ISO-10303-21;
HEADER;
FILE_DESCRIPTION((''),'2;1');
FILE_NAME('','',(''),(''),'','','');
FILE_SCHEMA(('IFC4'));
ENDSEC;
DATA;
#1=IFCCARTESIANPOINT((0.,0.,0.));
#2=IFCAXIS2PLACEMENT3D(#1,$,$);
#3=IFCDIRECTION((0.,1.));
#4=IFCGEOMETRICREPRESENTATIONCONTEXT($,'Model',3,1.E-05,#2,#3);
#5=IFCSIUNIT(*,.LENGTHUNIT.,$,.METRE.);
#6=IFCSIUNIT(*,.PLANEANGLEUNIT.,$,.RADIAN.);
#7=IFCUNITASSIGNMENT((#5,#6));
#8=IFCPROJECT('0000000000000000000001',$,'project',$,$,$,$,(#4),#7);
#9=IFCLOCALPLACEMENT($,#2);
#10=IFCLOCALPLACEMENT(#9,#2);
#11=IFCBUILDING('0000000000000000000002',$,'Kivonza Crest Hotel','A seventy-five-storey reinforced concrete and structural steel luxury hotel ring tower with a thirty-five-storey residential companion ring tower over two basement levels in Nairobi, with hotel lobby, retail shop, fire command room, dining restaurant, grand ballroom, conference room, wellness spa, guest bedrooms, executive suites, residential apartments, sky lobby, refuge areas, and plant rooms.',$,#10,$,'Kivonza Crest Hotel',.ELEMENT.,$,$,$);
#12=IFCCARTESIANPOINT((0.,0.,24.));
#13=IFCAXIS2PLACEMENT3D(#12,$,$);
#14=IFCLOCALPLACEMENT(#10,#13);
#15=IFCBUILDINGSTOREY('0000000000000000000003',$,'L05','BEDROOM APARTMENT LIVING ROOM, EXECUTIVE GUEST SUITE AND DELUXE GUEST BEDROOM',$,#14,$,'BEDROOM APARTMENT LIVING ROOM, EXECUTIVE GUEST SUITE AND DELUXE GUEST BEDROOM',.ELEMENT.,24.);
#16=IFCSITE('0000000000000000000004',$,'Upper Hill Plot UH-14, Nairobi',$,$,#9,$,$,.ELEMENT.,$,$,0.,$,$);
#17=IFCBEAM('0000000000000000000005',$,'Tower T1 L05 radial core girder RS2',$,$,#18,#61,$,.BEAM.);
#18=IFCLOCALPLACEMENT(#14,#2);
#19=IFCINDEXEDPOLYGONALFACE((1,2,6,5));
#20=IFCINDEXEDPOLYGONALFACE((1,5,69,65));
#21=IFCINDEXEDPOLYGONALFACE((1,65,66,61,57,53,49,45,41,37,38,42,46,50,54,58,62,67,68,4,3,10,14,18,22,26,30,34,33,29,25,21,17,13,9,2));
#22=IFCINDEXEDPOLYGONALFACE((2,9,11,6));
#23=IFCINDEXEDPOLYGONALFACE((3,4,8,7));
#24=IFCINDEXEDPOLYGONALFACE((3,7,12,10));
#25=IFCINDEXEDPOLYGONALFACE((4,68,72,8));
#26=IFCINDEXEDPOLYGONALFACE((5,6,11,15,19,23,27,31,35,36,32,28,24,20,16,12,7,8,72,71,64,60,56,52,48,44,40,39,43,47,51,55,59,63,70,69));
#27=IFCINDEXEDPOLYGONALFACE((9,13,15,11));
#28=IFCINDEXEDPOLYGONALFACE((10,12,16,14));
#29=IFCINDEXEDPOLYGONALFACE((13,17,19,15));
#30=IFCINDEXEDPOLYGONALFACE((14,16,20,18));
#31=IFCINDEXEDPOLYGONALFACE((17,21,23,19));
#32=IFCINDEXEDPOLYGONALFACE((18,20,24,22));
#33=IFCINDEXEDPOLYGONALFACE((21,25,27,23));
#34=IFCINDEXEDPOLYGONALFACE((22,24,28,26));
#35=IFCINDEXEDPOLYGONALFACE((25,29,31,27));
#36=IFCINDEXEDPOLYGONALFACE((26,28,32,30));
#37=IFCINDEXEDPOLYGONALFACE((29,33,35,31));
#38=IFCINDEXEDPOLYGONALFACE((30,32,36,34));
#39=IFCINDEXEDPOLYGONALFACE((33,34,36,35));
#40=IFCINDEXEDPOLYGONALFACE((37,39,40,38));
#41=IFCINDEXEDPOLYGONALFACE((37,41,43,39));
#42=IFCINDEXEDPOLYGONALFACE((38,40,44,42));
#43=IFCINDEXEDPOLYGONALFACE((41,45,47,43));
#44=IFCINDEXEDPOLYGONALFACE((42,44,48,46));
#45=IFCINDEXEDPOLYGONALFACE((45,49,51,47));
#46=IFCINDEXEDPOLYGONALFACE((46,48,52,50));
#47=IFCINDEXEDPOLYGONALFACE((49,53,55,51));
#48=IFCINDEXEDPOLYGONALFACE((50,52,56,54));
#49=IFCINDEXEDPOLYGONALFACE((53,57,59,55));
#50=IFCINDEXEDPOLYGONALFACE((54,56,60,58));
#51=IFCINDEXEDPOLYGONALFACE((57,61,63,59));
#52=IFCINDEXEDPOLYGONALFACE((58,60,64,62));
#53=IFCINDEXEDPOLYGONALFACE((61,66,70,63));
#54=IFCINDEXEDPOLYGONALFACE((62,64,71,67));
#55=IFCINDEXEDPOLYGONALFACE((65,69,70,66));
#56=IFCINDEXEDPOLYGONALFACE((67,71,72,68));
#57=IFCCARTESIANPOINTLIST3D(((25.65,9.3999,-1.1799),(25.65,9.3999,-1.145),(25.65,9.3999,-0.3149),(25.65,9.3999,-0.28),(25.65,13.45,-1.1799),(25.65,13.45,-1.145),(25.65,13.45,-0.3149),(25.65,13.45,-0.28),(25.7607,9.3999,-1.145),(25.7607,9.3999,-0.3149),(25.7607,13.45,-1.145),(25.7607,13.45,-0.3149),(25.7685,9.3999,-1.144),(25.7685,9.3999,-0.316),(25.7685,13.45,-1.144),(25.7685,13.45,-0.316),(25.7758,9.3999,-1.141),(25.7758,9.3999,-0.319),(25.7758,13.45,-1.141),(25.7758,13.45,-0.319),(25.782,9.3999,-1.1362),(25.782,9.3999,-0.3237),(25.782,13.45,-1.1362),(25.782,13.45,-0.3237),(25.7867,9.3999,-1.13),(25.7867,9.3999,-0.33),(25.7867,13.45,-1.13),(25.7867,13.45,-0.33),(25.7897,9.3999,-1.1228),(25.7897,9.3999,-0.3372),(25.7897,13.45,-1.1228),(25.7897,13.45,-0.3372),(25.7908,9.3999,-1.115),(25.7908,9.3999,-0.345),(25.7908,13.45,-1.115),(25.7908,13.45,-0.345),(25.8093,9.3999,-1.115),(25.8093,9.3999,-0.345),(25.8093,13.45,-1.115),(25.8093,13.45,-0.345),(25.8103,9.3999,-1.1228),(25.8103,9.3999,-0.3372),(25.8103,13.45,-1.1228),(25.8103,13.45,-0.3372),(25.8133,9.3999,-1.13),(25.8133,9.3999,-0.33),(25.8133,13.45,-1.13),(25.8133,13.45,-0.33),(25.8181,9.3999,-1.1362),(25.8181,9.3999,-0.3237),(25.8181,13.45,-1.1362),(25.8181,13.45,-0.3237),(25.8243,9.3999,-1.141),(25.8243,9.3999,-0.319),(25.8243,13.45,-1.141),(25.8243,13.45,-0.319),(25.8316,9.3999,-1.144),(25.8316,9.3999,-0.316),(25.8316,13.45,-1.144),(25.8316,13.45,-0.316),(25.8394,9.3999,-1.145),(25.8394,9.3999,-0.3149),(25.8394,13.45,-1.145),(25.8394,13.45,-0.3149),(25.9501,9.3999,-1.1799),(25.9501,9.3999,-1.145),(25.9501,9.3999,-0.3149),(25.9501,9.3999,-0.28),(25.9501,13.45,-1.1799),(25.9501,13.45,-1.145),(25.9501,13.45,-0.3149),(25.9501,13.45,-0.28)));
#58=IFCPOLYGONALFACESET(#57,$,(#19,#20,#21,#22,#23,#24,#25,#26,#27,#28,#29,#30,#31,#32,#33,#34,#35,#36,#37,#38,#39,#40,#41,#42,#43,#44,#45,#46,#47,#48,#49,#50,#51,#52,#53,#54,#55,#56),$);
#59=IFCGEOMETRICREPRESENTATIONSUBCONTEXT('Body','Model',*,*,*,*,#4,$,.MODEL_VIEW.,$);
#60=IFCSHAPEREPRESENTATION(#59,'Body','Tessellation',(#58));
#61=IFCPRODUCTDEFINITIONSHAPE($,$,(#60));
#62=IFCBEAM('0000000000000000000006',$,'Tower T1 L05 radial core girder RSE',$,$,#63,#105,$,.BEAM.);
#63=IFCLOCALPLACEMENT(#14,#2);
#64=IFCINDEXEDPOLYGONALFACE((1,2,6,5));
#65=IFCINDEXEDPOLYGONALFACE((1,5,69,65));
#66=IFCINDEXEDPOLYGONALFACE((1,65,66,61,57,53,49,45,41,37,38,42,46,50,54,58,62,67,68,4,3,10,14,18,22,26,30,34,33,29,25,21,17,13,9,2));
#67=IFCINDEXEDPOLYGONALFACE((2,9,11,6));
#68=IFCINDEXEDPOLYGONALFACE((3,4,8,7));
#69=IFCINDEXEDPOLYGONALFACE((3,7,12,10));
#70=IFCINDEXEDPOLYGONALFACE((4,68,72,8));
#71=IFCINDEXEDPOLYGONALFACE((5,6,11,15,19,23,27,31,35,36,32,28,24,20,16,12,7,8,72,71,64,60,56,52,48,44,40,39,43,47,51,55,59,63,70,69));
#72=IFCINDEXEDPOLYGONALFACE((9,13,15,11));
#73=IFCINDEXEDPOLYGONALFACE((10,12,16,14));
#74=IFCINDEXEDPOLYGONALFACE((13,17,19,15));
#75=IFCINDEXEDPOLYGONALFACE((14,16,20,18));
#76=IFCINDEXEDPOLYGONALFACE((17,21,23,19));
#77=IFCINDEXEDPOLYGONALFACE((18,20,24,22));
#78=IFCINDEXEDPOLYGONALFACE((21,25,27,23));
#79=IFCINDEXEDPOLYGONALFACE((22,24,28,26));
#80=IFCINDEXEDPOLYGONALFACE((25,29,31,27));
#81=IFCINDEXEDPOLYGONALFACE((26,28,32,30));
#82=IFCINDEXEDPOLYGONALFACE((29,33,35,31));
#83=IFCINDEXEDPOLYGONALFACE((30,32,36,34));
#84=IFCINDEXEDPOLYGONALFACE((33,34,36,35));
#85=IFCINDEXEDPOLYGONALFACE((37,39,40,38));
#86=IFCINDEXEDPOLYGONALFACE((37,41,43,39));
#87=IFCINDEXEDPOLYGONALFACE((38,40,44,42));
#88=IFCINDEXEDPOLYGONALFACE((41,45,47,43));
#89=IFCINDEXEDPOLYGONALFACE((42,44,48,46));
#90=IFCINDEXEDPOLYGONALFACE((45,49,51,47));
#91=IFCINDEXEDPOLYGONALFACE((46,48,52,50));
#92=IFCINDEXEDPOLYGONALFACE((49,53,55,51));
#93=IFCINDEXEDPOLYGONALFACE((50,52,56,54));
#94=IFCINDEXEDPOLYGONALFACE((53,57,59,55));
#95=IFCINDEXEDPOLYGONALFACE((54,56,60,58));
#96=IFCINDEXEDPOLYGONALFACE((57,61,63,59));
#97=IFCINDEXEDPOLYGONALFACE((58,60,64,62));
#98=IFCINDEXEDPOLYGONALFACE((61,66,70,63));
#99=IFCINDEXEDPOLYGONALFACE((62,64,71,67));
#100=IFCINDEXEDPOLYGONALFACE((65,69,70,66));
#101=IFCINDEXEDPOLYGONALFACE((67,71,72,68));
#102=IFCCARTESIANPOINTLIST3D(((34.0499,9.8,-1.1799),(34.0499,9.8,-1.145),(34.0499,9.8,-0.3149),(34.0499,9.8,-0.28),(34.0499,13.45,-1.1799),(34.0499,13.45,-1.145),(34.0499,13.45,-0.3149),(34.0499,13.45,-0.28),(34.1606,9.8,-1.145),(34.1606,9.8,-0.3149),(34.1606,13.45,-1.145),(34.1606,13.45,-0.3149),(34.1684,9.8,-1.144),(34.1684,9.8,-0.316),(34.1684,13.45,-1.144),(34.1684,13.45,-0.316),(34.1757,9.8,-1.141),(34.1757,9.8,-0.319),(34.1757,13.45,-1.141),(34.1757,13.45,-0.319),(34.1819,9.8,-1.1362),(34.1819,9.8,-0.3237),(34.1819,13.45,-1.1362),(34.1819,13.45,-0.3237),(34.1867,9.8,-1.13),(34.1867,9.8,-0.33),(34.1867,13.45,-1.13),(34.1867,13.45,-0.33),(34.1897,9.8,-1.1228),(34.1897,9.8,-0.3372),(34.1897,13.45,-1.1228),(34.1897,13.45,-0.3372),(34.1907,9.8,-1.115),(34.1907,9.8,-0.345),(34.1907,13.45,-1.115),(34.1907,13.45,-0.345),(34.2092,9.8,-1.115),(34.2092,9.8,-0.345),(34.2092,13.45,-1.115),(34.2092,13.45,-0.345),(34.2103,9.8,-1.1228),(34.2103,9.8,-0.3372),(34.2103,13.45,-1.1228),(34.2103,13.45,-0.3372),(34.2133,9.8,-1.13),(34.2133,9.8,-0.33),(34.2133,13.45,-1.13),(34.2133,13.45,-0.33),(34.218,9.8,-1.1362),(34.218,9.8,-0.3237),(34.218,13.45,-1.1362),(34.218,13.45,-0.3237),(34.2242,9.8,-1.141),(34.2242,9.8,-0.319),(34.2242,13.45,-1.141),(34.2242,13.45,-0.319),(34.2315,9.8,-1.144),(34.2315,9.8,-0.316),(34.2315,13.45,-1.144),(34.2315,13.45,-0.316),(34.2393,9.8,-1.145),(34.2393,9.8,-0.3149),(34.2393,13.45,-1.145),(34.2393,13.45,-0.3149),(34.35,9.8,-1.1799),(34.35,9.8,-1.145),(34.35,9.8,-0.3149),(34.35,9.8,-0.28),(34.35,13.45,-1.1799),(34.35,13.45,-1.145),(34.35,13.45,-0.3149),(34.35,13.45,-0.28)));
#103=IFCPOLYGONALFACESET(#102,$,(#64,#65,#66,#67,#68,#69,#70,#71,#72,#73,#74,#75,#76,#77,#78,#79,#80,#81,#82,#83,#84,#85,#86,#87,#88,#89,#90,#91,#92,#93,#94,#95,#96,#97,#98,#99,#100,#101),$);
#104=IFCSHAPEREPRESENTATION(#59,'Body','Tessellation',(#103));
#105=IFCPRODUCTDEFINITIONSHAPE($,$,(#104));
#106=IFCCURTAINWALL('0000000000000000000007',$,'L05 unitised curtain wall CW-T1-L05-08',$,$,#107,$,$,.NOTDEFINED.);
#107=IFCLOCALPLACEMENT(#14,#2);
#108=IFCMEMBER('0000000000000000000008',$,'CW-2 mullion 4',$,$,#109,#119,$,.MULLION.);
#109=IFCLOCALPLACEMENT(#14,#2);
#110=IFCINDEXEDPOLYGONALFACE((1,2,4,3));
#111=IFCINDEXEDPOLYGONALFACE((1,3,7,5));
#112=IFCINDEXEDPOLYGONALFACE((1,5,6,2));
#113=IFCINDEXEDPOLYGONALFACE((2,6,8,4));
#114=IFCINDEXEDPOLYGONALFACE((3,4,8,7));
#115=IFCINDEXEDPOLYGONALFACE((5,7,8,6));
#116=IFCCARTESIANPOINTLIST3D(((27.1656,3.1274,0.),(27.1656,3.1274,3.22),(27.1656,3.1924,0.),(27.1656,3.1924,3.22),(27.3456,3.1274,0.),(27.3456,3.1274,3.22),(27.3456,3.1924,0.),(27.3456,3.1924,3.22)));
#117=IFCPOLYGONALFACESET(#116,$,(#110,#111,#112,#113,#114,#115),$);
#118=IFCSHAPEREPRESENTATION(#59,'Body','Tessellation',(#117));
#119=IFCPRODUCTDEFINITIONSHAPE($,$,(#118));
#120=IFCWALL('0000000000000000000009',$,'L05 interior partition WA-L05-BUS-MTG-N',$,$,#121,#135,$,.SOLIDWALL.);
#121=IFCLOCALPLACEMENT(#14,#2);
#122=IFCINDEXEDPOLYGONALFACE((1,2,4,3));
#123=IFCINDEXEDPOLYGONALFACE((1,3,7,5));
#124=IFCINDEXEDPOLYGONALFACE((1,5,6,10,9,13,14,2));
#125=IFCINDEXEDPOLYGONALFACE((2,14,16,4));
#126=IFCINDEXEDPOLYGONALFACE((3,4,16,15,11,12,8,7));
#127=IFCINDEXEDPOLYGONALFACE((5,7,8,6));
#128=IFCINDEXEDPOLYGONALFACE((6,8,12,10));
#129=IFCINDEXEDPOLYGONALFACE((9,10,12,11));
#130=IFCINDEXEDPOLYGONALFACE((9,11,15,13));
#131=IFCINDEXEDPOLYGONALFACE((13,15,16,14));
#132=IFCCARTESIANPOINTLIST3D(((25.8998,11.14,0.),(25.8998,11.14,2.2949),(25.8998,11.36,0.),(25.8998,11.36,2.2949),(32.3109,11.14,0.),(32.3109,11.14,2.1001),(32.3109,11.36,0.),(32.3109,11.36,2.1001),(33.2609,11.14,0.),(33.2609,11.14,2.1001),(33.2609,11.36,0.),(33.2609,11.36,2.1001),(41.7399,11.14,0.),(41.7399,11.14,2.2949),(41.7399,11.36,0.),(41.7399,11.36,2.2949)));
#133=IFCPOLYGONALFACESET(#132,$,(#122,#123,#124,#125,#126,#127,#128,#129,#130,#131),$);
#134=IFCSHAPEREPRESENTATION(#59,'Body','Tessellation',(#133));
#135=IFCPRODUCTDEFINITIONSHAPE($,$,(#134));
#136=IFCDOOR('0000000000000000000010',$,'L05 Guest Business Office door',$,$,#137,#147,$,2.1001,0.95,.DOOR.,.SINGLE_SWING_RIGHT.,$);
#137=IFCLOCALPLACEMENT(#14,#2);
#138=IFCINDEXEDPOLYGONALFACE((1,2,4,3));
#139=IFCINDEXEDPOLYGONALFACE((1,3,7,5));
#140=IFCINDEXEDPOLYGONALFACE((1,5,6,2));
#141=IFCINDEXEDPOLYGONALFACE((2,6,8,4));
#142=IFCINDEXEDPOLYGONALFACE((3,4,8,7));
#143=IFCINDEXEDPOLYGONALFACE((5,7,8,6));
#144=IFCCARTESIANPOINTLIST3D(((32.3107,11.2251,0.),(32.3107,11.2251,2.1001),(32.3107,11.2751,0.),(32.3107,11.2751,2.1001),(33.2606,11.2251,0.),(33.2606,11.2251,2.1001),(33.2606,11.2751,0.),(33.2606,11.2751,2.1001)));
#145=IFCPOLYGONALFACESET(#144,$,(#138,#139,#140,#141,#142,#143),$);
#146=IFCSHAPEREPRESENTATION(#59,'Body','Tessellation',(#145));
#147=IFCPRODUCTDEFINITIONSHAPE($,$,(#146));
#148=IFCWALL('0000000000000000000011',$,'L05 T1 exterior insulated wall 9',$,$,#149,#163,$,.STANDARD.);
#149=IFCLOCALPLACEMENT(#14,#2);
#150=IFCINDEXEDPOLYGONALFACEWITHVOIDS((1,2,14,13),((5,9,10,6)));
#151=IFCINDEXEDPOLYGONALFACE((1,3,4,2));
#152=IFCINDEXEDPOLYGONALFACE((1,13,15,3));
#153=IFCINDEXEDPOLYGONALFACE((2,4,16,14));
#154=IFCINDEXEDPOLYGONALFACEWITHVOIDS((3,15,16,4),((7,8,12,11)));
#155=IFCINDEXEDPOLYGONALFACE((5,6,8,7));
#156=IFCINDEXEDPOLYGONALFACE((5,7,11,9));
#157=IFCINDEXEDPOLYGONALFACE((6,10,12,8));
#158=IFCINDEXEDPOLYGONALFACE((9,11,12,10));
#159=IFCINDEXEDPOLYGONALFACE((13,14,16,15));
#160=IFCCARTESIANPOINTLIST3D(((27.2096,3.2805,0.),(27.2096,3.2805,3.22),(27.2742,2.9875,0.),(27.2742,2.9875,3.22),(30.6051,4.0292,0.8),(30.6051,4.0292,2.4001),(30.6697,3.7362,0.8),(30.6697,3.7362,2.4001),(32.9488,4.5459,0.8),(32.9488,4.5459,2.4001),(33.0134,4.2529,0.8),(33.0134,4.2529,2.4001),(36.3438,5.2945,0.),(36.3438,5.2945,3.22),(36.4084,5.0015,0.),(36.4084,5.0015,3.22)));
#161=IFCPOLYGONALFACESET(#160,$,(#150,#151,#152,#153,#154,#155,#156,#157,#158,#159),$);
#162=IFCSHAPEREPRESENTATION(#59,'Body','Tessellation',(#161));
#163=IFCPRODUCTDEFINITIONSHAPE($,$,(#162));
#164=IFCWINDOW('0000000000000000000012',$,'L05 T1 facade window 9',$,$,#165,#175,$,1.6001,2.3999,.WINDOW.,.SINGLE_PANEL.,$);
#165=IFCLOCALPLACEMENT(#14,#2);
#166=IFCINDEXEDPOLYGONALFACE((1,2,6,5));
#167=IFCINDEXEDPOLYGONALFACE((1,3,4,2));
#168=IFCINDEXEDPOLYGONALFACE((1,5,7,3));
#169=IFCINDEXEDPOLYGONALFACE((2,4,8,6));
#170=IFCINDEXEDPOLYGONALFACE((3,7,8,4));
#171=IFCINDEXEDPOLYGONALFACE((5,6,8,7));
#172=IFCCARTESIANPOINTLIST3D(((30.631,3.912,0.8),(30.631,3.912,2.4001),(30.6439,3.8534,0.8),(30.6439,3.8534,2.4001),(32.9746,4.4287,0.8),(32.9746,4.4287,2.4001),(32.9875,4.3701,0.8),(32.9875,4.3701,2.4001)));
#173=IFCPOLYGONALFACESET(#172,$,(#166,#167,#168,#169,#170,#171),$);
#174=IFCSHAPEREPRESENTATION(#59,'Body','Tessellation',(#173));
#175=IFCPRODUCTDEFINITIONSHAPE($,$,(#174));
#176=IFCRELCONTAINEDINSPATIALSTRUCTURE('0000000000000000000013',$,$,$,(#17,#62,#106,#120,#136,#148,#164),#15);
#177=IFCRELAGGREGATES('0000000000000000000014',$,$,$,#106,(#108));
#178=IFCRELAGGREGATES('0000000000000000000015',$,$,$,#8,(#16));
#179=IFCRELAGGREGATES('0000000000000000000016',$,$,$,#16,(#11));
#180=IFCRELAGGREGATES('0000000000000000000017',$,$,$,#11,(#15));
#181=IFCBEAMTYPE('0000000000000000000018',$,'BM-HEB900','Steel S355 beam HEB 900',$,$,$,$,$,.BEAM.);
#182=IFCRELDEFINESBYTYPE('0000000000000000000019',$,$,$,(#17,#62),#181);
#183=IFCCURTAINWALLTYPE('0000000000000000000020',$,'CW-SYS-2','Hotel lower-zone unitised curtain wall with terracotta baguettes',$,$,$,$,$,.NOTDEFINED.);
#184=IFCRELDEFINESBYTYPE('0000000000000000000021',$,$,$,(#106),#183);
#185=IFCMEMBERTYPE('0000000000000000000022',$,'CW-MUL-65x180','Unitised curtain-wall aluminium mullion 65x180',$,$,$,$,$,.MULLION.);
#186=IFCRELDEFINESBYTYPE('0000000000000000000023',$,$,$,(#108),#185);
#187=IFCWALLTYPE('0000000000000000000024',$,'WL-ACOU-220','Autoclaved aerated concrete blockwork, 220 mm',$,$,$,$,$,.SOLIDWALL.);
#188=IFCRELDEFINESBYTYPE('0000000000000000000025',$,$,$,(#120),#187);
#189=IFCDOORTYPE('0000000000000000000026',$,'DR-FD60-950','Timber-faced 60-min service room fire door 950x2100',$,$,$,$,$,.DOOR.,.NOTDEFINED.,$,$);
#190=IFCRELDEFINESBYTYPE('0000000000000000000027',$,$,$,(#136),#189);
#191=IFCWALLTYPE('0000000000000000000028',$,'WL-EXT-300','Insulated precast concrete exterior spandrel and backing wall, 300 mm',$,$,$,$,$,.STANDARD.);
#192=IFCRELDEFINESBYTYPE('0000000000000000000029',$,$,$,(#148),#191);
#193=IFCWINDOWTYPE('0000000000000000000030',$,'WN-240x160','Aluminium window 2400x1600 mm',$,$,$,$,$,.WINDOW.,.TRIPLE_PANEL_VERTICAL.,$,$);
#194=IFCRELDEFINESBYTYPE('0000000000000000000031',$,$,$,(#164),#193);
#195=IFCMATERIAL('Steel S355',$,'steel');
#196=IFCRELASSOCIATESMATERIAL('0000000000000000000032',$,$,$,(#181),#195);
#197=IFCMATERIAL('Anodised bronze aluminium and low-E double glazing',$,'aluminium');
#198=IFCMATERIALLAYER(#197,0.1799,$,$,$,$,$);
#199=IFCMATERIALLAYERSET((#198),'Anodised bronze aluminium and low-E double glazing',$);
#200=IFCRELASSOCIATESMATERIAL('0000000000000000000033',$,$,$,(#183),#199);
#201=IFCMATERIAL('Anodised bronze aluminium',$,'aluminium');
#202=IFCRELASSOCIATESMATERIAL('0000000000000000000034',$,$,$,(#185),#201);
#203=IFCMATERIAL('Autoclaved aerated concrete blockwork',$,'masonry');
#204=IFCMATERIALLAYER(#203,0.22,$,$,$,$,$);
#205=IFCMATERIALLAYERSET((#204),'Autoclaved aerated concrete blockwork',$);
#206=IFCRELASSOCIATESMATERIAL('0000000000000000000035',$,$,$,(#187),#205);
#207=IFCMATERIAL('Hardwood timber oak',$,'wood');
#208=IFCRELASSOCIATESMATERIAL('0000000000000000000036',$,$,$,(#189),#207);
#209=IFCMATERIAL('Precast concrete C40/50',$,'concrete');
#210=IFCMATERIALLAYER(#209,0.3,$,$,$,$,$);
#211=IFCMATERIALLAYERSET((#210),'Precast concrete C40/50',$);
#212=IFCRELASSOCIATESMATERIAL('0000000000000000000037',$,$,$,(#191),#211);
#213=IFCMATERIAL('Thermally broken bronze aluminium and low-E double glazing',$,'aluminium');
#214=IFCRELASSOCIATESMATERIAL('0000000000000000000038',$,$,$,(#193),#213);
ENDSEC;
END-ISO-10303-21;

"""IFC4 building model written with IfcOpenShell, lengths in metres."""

from ifc_helpers import new_model, si_unit, direction, frame, frame_2d, origin, origin_2d, place, context, subcontext, project, spatial, rectangle, i_section, extrude, material, layer, layer_set, material_profile, profile_set, type_object, element, fill, aggregate, save


model = new_model("IFC4")

# Units and contexts
model_context = context("Model", 3, precision=1e-05, world=origin(), true_north=direction((0.0, 1.0)))
body_context = subcontext(model_context, "Body", "Model", "MODEL_VIEW")
ifc_project = project(units=[si_unit("LENGTHUNIT", "METRE"), si_unit("PLANEANGLEUNIT", "RADIAN")], contexts=[model_context])

# Site, building, storey
site_placement = place(None, origin())
site = spatial("IfcSite", under=ifc_project, at=site_placement, Name="Upper Hill Plot UH-14, Nairobi", CompositionType="ELEMENT", RefElevation=0.0)
building_placement = place(site_placement, origin())
building = spatial("IfcBuilding", under=site, at=building_placement, Name="Kivonza Crest Hotel", Description="A seventy-five-storey reinforced concrete and structural steel luxury hotel ring tower with a thirty-five-storey residential companion ring tower over two basement levels in Nairobi, with hotel lobby, retail shop, fire command room, dining restaurant, grand ballroom, conference room, wellness spa, guest bedrooms, executive suites, residential apartments, sky lobby, refuge areas, and plant rooms.", LongName="Kivonza Crest Hotel", CompositionType="ELEMENT")
storey_placement = place(building_placement, frame((0.0, 0.0, 24.0)))
storey = spatial("IfcBuildingStorey", under=building, at=storey_placement, Name="L05", Description="BEDROOM APARTMENT LIVING ROOM, EXECUTIVE GUEST SUITE AND DELUXE GUEST BEDROOM", LongName="BEDROOM APARTMENT LIVING ROOM, EXECUTIVE GUEST SUITE AND DELUXE GUEST BEDROOM", CompositionType="ELEMENT", Elevation=24.0)

# Beams
ifc_material_1 = material(Name="Steel S355", Category="steel")
ifc_material_profile_1 = material_profile(ifc_material_1, i_section(OverallWidth=0.3, OverallDepth=0.8999, WebThickness=0.0186, FlangeThickness=0.0349, FilletRadius=0.03, at=origin_2d()), Name="HEB 900")
ifc_profile_set_1 = profile_set([ifc_material_profile_1], Name="Steel S355")
beam_type_1 = type_object("IfcBeamType", Name="BM-HEB900", Description="Steel S355 beam HEB 900", PredefinedType="BEAM", material=ifc_profile_set_1)
beam_1_placement = place(storey_placement, frame((25.8, 9.3999, -0.73), z_axis=(0.0, 1.0, 0.0), x_axis=(-1.0, 0.0, 0.0)))
element("IfcBeam", 1, at=beam_1_placement, inside=storey, type_object=beam_type_1, Name="Tower T1 L05 radial core girder RS2", PredefinedType="BEAM", context=body_context, shape_type="SweptSolid", body=[
    extrude(i_section(OverallWidth=0.3, OverallDepth=0.8999, WebThickness=0.0186, FlangeThickness=0.0349, FilletRadius=0.03, at=origin_2d()), origin(), (0.0, 0.0, 1.0), 4.05),
])
beam_2_placement = place(storey_placement, frame((34.2, 9.8, -0.73), z_axis=(0.0, 1.0, 0.0), x_axis=(-1.0, 0.0, 0.0)))
element("IfcBeam", 2, at=beam_2_placement, inside=storey, type_object=beam_type_1, Name="Tower T1 L05 radial core girder RSE", PredefinedType="BEAM", context=body_context, shape_type="SweptSolid", body=[
    extrude(i_section(OverallWidth=0.3, OverallDepth=0.8999, WebThickness=0.0186, FlangeThickness=0.0349, FilletRadius=0.03, at=origin_2d()), origin(), (0.0, 0.0, 1.0), 3.6499),
])

# Curtain wall, member
ifc_material_2 = material(Name="Anodised bronze aluminium and low-E double glazing", Category="aluminium")
ifc_layer_1 = layer(ifc_material_2, 0.1799)
ifc_layer_set_1 = layer_set([ifc_layer_1], Name="Anodised bronze aluminium and low-E double glazing")
curtain_wall_type = type_object("IfcCurtainWallType", Name="CW-SYS-2", Description="Hotel lower-zone unitised curtain wall with terracotta baguettes", PredefinedType="NOTDEFINED", material=ifc_layer_set_1)
curtain_wall_placement = place(storey_placement, origin())
curtain_wall = element("IfcCurtainWall", 3, at=curtain_wall_placement, inside=storey, type_object=curtain_wall_type, Name="L05 unitised curtain wall CW-T1-L05-08", PredefinedType="NOTDEFINED")
ifc_material_3 = material(Name="Anodised bronze aluminium", Category="aluminium")
ifc_material_profile_2 = material_profile(ifc_material_3, rectangle(XDim=0.0649, YDim=0.1799, at=origin_2d()), Name="CW-M 65x180")
ifc_profile_set_2 = profile_set([ifc_material_profile_2], Name="Anodised bronze aluminium")
member_type = type_object("IfcMemberType", Name="CW-MUL-65x180", Description="Unitised curtain-wall aluminium mullion 65x180", PredefinedType="MULLION", material=ifc_profile_set_2)
member_placement = place(storey_placement, frame((27.2556, 3.1599, 0.0), z_axis=(0.0, 0.0, 1.0), x_axis=(0.0, 1.0, 0.0)))
member = element("IfcMember", 4, at=member_placement, type_object=member_type, Name="CW-2 mullion 4", PredefinedType="MULLION", context=body_context, shape_type="SweptSolid", body=[
    extrude(rectangle(XDim=0.0649, YDim=0.1799, at=origin_2d()), origin(), (0.0, 0.0, 1.0), 3.22),
])
aggregate(curtain_wall, [member])

# Wall, opening, door
ifc_material_4 = material(Name="Autoclaved aerated concrete blockwork", Category="masonry")
ifc_layer_2 = layer(ifc_material_4, 0.22)
ifc_layer_set_2 = layer_set([ifc_layer_2], Name="Autoclaved aerated concrete blockwork")
wall_type_1 = type_object("IfcWallType", Name="WL-ACOU-220", Description="Autoclaved aerated concrete blockwork, 220 mm", PredefinedType="SOLIDWALL", material=ifc_layer_set_2)
wall_1_placement = place(storey_placement, frame((25.8999, 11.25, 0.0), z_axis=(0.0, 0.0, 1.0), x_axis=(1.0, 0.0, 0.0)))
wall_1 = element("IfcWall", 5, at=wall_1_placement, inside=storey, type_object=wall_type_1, Name="L05 interior partition WA-L05-BUS-MTG-N", PredefinedType="SOLIDWALL", context=body_context, shape_type="SweptSolid", body=[
    extrude(rectangle(XDim=15.8401, YDim=0.22, at=frame_2d((7.9199, 0.0))), origin(), (0.0, 0.0, 1.0), 2.2949),
])
opening_1_placement = place(wall_1_placement, frame((6.4109, 0.0, 0.0)))
opening_1 = element("IfcOpeningElement", 6, at=opening_1_placement, cuts=wall_1, PredefinedType="OPENING", context=body_context, shape_type="SweptSolid", body=[
    extrude(rectangle(XDim=0.95, YDim=2.1001, at=frame_2d((0.4751, 1.05))), frame((0.0, 0.1201, 0.0), z_axis=(0.0, -1.0, 0.0), x_axis=(1.0, 0.0, 0.0)), (0.0, 0.0, 1.0), 0.24),
])
ifc_material_5 = material(Name="Hardwood timber oak", Category="wood")
door_type = type_object("IfcDoorType", Name="DR-FD60-950", Description="Timber-faced 60-min service room fire door 950x2100", OperationType="NOTDEFINED", PredefinedType="DOOR", material=ifc_material_5)
door_placement = place(opening_1_placement, frame((0.95, 0.0, 0.0), z_axis=(0.0, 0.0, 1.0), x_axis=(-1.0, 0.0, 0.0)))
door = element("IfcDoor", 7, at=door_placement, inside=storey, type_object=door_type, Name="L05 Guest Business Office door", OperationType="SINGLE_SWING_RIGHT", OverallHeight=2.1001, OverallWidth=0.95, PredefinedType="DOOR", context=body_context, shape_type="SweptSolid", body=[
    extrude(rectangle(XDim=0.95, YDim=2.1001, at=frame_2d((0.4751, 1.05))), frame((0.0, 0.0249, 0.0), z_axis=(0.0, -1.0, 0.0), x_axis=(1.0, 0.0, 0.0)), (0.0, 0.0, 1.0), 0.05),
])
fill(opening_1, door)

# Wall, opening, window
ifc_material_6 = material(Name="Precast concrete C40/50", Category="concrete")
ifc_layer_3 = layer(ifc_material_6, 0.3)
ifc_layer_set_3 = layer_set([ifc_layer_3], Name="Precast concrete C40/50")
wall_type_2 = type_object("IfcWallType", Name="WL-EXT-300", Description="Insulated precast concrete exterior spandrel and backing wall, 300 mm", PredefinedType="STANDARD", material=ifc_layer_set_3)
wall_2_placement = place(storey_placement, frame((27.2419, 3.134, 0.0), z_axis=(0.0, 0.0, 1.0), x_axis=(0.976545, 0.215313, 0.0)))
wall_2 = element("IfcWall", 8, at=wall_2_placement, inside=storey, type_object=wall_type_2, Name="L05 T1 exterior insulated wall 9", PredefinedType="STANDARD", context=body_context, shape_type="SweptSolid", body=[
    extrude(rectangle(XDim=9.3535, YDim=0.3, at=frame_2d((4.6768, 0.0))), origin(), (0.0, 0.0, 1.0), 3.22),
])
opening_2_placement = place(wall_2_placement, frame((3.4771, 0.0, 0.8)))
opening_2 = element("IfcOpeningElement", 9, at=opening_2_placement, cuts=wall_2, PredefinedType="OPENING", context=body_context, shape_type="SweptSolid", body=[
    extrude(rectangle(XDim=2.3999, YDim=1.6001, at=frame_2d((1.2, 0.8))), frame((0.0, 0.1602, 0.0), z_axis=(0.0, -1.0, 0.0), x_axis=(1.0, 0.0, 0.0)), (0.0, 0.0, 1.0), 0.3201),
])
ifc_material_7 = material(Name="Thermally broken bronze aluminium and low-E double glazing", Category="aluminium")
window_type_1 = type_object("IfcWindowType", Name="WN-240x160", Description="Aluminium window 2400x1600 mm", PartitioningType="TRIPLE_PANEL_VERTICAL", PredefinedType="WINDOW", material=ifc_material_7)
window_1_placement = place(opening_2_placement, origin())
window_1 = element("IfcWindow", 10, at=window_1_placement, inside=storey, type_object=window_type_1, Name="L05 T1 facade window 9", OverallHeight=1.6001, OverallWidth=2.3999, PartitioningType="SINGLE_PANEL", PredefinedType="WINDOW", context=body_context, shape_type="SweptSolid", body=[
    extrude(rectangle(XDim=2.3999, YDim=1.6001, at=frame_2d((1.2, 0.8))), frame((0.0, 0.03, 0.0), z_axis=(0.0, -1.0, 0.0), x_axis=(1.0, 0.0, 0.0)), (0.0, 0.0, 1.0), 0.0601),
])
fill(opening_2, window_1)

save(model, "model.ifc")
